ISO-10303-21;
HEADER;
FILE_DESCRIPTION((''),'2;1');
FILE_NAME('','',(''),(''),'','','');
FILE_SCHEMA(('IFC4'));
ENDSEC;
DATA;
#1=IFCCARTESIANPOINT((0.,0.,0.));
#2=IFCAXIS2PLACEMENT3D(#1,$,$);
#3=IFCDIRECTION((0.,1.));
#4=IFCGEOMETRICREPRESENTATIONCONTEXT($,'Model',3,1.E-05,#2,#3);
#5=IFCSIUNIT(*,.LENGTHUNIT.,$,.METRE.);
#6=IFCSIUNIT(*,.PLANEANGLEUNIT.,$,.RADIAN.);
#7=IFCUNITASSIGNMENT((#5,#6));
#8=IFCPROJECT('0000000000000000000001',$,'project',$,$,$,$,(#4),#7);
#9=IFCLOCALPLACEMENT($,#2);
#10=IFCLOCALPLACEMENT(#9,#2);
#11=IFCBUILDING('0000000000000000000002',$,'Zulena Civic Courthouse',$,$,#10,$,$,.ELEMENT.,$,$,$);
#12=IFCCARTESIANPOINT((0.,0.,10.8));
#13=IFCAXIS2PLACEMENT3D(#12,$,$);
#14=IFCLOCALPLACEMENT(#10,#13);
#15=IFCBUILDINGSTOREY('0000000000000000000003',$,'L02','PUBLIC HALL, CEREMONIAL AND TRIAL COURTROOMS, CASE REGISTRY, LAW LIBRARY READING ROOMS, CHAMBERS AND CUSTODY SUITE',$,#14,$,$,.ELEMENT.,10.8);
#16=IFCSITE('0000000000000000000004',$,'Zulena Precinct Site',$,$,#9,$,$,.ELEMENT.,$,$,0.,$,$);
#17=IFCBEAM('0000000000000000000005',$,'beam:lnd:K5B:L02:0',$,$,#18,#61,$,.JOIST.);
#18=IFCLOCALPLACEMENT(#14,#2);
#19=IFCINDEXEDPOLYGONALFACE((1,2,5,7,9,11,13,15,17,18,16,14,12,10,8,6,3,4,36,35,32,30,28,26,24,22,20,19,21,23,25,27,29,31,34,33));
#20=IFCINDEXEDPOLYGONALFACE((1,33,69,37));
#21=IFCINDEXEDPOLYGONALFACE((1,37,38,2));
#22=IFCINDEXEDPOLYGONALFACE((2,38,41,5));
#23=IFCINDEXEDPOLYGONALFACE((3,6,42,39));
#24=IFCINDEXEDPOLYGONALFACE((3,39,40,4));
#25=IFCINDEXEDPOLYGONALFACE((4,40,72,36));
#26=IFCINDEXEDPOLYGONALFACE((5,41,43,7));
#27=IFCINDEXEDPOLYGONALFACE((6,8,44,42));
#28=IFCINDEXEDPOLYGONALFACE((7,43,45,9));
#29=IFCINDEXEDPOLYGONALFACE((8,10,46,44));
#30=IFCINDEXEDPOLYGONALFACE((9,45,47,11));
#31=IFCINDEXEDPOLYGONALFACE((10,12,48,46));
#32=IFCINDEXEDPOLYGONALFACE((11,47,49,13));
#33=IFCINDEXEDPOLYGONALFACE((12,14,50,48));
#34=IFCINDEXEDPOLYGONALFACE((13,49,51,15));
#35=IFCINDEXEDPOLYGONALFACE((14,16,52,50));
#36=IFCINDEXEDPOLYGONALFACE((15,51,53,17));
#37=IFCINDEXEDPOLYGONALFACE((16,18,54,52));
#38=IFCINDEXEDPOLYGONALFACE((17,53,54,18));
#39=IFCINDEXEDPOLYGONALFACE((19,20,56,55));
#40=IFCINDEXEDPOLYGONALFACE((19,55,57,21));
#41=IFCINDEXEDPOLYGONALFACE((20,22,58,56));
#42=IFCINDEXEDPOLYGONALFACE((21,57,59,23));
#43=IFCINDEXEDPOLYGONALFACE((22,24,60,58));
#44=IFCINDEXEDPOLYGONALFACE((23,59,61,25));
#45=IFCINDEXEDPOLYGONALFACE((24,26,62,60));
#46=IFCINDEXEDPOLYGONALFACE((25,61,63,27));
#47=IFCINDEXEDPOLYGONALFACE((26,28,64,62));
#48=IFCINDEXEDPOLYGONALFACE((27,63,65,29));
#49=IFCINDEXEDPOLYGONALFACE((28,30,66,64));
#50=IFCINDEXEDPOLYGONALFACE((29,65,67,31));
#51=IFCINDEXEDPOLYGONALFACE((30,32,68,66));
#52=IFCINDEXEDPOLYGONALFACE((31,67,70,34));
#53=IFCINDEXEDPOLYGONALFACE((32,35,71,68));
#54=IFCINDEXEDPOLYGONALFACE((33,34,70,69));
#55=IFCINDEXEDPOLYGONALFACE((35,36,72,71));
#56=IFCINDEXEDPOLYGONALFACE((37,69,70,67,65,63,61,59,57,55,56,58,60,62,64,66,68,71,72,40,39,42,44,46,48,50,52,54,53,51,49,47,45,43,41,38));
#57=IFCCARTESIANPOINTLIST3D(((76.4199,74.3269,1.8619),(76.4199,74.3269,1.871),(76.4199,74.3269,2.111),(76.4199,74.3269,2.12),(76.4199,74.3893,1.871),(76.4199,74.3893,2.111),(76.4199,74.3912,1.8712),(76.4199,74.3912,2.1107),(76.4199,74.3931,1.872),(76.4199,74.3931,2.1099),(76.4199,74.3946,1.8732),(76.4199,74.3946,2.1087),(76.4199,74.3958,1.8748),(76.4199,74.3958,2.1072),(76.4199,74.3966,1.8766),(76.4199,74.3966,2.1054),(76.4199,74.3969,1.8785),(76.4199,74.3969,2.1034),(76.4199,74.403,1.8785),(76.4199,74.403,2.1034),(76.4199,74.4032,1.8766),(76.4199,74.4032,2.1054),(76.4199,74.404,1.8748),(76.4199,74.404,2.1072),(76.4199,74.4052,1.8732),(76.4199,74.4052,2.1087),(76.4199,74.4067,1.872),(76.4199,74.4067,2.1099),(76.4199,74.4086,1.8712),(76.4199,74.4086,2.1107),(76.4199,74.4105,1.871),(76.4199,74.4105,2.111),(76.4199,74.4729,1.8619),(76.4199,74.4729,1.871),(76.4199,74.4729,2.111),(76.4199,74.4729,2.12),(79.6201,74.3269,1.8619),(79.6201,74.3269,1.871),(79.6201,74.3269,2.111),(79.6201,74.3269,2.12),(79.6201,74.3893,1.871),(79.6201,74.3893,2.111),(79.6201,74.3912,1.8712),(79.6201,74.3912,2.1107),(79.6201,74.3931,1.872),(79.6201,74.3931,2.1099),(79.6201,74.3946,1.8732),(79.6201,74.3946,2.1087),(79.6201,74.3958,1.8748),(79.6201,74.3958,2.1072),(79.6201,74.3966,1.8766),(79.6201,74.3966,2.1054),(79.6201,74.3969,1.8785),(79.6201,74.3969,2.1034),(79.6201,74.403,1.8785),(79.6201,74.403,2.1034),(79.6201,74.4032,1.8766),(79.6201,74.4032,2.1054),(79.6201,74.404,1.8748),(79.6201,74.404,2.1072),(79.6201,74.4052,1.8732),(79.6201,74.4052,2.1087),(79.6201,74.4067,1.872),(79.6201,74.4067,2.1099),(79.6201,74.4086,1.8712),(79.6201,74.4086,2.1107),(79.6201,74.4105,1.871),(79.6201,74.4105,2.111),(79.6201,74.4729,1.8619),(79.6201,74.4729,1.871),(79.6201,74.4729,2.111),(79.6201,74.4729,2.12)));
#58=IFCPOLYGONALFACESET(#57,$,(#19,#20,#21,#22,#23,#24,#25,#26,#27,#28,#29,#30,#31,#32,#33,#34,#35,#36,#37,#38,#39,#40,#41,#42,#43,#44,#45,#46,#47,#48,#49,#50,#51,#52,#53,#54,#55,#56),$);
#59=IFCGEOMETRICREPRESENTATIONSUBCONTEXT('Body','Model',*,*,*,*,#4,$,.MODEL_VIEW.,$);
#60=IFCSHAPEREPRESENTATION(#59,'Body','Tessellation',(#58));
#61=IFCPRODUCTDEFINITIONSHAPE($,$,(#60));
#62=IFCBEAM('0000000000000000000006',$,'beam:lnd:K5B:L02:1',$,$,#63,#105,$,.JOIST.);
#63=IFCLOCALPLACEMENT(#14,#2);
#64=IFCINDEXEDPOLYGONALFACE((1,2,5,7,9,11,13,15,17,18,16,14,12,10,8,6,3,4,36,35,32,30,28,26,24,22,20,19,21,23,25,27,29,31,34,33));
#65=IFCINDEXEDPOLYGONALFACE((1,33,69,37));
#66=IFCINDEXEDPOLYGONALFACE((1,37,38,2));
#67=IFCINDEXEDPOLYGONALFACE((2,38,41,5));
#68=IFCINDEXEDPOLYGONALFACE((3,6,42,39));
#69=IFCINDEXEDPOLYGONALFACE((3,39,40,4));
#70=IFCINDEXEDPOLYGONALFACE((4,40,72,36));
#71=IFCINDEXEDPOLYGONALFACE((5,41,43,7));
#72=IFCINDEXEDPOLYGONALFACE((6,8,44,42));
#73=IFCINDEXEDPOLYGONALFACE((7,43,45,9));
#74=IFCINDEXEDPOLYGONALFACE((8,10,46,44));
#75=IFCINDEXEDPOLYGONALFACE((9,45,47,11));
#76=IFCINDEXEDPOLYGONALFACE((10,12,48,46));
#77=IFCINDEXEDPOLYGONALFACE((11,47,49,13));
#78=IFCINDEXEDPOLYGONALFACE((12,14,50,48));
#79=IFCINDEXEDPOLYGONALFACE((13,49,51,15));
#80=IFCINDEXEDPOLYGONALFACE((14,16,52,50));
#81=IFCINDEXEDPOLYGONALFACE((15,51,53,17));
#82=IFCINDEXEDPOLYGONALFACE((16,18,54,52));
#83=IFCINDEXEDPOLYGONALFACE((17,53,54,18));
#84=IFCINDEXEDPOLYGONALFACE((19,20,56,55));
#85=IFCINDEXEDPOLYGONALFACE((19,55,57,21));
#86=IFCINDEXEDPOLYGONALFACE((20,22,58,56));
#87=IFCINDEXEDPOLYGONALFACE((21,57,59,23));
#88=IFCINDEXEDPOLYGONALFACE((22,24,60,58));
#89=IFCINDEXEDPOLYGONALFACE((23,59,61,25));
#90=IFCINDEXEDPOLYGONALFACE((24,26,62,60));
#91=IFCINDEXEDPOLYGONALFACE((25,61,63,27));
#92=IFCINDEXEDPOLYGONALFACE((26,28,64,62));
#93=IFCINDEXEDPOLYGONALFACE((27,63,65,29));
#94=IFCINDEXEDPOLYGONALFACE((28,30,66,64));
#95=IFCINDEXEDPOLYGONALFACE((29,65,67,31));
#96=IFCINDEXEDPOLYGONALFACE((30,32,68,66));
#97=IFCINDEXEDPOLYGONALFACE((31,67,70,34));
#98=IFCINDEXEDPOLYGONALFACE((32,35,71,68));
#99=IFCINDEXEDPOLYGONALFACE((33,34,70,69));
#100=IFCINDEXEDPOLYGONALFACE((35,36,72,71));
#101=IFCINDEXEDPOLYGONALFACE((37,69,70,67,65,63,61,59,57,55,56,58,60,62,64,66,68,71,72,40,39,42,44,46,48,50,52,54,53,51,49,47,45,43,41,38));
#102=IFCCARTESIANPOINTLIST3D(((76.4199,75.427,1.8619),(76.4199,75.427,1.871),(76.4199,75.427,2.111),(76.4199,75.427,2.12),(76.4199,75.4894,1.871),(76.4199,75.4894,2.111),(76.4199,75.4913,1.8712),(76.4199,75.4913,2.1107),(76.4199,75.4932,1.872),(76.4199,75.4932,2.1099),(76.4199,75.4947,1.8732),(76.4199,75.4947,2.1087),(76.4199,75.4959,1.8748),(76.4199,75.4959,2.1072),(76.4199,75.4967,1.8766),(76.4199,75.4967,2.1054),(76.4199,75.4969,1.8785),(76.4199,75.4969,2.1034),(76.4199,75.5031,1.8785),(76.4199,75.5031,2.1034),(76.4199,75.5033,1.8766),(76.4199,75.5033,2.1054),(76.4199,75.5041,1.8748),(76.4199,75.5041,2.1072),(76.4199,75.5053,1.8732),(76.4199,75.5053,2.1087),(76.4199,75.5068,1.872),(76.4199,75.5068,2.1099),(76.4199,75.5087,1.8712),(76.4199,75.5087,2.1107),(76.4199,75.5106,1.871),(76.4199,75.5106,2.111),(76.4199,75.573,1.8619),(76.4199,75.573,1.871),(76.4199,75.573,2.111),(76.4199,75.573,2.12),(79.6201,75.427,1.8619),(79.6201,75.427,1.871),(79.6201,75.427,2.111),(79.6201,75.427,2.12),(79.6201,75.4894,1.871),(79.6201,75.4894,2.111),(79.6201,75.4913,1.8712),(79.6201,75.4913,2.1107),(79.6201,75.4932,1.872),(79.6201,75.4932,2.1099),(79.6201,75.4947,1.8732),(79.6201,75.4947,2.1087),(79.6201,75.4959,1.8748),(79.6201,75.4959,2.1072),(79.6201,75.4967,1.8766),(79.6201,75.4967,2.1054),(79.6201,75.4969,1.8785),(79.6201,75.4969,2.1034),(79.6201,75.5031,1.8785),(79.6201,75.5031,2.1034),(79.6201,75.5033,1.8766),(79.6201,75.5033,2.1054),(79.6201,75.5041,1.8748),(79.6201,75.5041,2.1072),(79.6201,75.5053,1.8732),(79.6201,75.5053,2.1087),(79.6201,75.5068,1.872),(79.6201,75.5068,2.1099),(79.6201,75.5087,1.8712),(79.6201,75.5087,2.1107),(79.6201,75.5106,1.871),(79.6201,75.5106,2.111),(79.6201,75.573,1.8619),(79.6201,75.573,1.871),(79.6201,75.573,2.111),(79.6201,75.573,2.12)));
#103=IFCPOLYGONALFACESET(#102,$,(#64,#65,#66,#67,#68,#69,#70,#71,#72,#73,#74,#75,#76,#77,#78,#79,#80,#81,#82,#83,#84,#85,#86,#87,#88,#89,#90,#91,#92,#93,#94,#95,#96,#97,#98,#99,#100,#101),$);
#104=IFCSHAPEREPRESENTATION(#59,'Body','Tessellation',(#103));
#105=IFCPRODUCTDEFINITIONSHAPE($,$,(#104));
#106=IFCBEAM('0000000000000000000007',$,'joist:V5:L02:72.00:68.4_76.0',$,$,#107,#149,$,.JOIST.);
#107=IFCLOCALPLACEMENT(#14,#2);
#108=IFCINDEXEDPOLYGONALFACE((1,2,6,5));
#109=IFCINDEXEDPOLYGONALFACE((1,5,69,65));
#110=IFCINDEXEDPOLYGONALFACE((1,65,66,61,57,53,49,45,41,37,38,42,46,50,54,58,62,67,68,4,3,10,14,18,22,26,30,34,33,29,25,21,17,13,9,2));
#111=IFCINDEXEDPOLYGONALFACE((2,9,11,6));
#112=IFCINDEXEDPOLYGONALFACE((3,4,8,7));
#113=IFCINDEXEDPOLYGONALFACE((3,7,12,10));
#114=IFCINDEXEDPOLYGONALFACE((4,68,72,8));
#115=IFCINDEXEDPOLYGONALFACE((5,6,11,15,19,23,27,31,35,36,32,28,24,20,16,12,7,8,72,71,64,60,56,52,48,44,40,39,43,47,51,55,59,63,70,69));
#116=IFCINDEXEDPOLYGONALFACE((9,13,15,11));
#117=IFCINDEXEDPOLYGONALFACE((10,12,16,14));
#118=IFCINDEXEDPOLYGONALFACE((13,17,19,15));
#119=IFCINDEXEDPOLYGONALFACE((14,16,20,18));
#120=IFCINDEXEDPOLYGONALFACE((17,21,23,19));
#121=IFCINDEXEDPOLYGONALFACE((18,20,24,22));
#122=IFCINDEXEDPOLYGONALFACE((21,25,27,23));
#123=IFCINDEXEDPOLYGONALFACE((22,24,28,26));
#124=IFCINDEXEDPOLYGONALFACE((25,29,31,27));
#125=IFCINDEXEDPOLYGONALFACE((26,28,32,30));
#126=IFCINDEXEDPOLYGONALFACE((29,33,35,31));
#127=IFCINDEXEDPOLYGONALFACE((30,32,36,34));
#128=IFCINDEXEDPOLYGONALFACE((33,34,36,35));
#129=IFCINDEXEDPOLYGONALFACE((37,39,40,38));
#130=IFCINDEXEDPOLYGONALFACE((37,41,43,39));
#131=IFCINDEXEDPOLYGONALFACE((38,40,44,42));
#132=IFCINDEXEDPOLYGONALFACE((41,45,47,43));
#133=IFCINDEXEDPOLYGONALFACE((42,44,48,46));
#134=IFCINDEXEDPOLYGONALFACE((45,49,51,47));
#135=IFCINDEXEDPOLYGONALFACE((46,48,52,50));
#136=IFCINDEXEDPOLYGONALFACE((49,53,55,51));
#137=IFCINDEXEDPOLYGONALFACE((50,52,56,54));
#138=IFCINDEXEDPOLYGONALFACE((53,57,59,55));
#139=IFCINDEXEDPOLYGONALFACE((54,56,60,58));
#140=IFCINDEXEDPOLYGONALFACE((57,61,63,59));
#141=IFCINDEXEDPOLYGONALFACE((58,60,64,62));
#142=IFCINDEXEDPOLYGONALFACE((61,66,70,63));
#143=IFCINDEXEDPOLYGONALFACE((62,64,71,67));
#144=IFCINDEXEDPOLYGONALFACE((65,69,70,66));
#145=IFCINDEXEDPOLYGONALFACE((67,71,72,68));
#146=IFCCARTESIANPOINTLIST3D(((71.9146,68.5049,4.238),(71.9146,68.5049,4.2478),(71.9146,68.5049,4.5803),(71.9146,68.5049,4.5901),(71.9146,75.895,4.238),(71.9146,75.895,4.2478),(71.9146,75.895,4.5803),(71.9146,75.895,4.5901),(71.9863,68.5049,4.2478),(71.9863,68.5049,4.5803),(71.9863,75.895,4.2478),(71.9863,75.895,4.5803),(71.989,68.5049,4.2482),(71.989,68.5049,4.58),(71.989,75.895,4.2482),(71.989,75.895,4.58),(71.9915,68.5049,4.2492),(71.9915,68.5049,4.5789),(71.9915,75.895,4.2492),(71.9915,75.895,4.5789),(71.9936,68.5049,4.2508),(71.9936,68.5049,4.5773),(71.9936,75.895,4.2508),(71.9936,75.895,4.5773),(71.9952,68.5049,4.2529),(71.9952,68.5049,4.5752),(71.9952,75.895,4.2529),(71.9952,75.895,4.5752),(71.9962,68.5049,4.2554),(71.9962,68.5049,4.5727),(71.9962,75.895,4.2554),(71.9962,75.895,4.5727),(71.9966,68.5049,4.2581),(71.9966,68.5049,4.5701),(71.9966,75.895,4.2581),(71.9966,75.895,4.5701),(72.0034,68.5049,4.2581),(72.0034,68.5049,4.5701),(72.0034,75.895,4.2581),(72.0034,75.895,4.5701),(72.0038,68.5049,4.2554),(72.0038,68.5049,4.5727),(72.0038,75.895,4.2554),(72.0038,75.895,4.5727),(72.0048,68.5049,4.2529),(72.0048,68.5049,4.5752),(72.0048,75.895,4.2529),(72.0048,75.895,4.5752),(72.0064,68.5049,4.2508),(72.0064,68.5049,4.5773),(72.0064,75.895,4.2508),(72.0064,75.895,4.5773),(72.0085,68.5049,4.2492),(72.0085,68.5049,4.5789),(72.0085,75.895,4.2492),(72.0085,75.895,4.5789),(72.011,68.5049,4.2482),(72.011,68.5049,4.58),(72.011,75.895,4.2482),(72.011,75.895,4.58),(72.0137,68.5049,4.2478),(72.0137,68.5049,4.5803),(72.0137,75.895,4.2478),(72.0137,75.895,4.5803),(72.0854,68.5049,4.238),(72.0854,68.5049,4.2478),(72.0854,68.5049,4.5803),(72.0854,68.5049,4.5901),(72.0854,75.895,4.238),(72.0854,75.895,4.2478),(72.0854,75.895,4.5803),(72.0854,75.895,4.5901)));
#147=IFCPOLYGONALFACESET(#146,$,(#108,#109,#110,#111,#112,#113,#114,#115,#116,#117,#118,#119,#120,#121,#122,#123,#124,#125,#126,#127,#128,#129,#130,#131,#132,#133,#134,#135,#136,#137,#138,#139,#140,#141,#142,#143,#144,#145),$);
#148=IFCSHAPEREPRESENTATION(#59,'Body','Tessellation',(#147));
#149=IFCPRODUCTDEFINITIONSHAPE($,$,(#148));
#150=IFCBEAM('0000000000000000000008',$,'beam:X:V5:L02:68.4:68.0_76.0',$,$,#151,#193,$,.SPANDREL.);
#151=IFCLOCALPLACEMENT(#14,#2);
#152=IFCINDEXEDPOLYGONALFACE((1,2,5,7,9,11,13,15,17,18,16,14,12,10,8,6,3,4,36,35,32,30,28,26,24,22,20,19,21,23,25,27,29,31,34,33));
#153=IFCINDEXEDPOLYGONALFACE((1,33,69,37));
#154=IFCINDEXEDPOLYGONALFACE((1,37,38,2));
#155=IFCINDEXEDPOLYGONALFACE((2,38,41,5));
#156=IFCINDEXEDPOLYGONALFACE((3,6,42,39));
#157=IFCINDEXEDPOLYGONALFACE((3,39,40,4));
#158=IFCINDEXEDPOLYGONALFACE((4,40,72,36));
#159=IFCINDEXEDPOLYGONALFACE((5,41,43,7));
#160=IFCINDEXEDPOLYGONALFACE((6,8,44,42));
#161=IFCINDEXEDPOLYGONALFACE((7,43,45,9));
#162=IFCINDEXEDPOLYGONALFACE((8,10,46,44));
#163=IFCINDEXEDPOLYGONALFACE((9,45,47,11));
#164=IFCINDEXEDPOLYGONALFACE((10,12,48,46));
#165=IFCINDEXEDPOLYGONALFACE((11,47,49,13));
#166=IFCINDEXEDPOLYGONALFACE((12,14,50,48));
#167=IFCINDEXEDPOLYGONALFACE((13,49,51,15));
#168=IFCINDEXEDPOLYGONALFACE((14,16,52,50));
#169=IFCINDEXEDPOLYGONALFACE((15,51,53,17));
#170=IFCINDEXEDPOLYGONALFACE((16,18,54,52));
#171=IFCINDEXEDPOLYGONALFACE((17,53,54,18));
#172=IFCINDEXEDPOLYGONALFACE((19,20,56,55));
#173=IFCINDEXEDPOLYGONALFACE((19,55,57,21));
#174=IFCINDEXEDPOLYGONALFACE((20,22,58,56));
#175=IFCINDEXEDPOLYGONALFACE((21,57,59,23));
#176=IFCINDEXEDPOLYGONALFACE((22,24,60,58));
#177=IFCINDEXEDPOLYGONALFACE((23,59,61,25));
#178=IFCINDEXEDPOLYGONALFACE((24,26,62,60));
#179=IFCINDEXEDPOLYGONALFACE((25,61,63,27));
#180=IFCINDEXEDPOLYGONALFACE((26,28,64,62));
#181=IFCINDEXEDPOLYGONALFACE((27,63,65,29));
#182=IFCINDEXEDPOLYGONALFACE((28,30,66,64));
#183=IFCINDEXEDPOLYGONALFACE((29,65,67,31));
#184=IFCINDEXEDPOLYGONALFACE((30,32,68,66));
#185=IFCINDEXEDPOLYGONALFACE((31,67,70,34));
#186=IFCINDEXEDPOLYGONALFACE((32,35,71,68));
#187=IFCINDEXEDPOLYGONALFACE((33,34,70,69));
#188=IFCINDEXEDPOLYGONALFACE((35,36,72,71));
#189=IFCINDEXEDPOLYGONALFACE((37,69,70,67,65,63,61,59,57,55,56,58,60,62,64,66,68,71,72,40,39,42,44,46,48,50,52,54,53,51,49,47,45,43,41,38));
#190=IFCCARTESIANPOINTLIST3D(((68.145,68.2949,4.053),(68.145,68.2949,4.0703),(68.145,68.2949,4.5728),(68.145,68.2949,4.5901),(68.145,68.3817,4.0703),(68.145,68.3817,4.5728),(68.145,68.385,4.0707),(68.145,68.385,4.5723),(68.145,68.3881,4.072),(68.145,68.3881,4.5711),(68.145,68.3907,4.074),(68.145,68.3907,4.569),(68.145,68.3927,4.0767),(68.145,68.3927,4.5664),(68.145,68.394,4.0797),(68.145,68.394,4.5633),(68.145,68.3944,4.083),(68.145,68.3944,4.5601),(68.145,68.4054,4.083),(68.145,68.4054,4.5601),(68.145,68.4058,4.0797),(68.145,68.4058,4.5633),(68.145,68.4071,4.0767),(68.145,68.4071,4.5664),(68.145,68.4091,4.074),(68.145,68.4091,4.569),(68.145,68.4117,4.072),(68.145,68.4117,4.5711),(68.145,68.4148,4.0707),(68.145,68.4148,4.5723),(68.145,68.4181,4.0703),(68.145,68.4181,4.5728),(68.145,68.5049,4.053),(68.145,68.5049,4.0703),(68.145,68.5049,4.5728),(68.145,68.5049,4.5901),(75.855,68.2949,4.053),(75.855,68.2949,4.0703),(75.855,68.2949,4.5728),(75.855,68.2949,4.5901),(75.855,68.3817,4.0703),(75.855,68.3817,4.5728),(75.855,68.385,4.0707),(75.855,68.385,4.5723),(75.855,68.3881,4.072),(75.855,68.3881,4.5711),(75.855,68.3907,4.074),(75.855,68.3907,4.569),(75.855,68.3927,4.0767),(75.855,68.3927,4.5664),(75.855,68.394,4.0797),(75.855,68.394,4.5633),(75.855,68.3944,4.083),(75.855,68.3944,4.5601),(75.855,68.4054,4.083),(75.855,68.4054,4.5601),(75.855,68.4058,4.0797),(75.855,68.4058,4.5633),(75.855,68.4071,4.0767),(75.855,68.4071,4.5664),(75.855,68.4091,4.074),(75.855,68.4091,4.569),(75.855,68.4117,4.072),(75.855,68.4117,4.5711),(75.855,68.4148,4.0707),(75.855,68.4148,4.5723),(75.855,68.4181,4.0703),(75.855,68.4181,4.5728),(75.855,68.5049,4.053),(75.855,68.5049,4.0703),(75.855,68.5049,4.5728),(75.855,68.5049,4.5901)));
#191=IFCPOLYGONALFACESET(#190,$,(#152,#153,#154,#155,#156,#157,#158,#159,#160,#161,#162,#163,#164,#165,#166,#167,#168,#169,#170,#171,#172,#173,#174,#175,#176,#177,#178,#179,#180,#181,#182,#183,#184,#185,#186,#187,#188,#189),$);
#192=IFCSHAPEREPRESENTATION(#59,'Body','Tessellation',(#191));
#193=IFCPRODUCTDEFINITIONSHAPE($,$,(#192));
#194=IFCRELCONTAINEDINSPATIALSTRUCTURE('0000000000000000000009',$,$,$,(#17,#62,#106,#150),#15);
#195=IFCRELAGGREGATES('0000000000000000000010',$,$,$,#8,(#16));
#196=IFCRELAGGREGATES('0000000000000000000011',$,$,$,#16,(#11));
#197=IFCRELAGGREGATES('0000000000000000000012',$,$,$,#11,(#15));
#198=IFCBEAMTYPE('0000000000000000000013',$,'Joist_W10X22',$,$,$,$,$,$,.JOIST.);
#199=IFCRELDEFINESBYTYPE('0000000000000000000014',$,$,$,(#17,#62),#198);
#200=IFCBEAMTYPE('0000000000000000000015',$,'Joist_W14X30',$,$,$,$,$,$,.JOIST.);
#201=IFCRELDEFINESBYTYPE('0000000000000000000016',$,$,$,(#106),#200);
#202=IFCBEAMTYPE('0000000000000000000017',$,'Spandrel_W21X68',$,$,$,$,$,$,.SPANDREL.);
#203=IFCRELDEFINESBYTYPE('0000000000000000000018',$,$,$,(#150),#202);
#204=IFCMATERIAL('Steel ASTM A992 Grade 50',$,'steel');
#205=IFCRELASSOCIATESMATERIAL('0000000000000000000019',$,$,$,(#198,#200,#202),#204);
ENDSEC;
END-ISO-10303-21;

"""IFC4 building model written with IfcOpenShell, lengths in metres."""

from ifc_helpers import new_model, si_unit, direction, frame, origin, origin_2d, place, context, subcontext, project, spatial, i_section, extrude, material, material_profile, profile_set, type_object, element, save


model = new_model("IFC4")

# Units and contexts
model_context = context("Model", 3, precision=1e-05, world=origin(), true_north=direction((0.0, 1.0)))
body_context = subcontext(model_context, "Body", "Model", "MODEL_VIEW")
ifc_project = project(units=[si_unit("LENGTHUNIT", "METRE"), si_unit("PLANEANGLEUNIT", "RADIAN")], contexts=[model_context])

# Site, building, storey
site_placement = place(None, origin())
site = spatial("IfcSite", under=ifc_project, at=site_placement, Name="Zulena Precinct Site", CompositionType="ELEMENT", RefElevation=0.0)
building_placement = place(site_placement, origin())
building = spatial("IfcBuilding", under=site, at=building_placement, Name="Zulena Civic Courthouse", CompositionType="ELEMENT")
storey_placement = place(building_placement, frame((0.0, 0.0, 10.8)))
storey = spatial("IfcBuildingStorey", under=building, at=storey_placement, Name="L02", Description="PUBLIC HALL, CEREMONIAL AND TRIAL COURTROOMS, CASE REGISTRY, LAW LIBRARY READING ROOMS, CHAMBERS AND CUSTODY SUITE", CompositionType="ELEMENT", Elevation=10.8)

# Shared definitions
ifc_material_1 = material(Name="Steel ASTM A992 Grade 50", Category="steel")

# Beams
ifc_material_profile_1 = material_profile(ifc_material_1, i_section(OverallWidth=0.146, OverallDepth=0.2581, WebThickness=0.0061, FlangeThickness=0.009, FilletRadius=0.0076, at=origin_2d()), Name="W10X22")
ifc_profile_set_1 = profile_set([ifc_material_profile_1], Name="Steel ASTM A992 Grade 50")
beam_type_1 = type_object("IfcBeamType", Name="Joist_W10X22", PredefinedType="JOIST", material=ifc_profile_set_1)
for number, where, z_axis, x_axis, name in (
    (1, (76.4199, 74.3999, 1.991), (1.0, 0.0, 0.0), (0.0, 1.0, 0.0), "beam:lnd:K5B:L02:0"),
    (2, (76.4199, 75.5, 1.991), (1.0, 0.0, 0.0), (0.0, 1.0, 0.0), "beam:lnd:K5B:L02:1"),
):
    element("IfcBeam", number, at=place(storey_placement, frame(where, z_axis=z_axis, x_axis=x_axis)), inside=storey, type_object=beam_type_1, Name=name, PredefinedType="JOIST", context=body_context, shape_type="SweptSolid", body=[
        extrude(i_section(OverallWidth=0.146, OverallDepth=0.2581, WebThickness=0.0061, FlangeThickness=0.009, FilletRadius=0.0076, at=origin_2d()), origin(), (0.0, 0.0, 1.0), 3.2002),
    ])
ifc_material_profile_2 = material_profile(ifc_material_1, i_section(OverallWidth=0.1709, OverallDepth=0.3521, WebThickness=0.0068, FlangeThickness=0.0098, FilletRadius=0.0103, at=origin_2d()), Name="W14X30")
ifc_profile_set_2 = profile_set([ifc_material_profile_2], Name="Steel ASTM A992 Grade 50")
beam_type_2 = type_object("IfcBeamType", Name="Joist_W14X30", PredefinedType="JOIST", material=ifc_profile_set_2)
beam_1_placement = place(storey_placement, frame((72.0, 68.5049, 4.4141), z_axis=(0.0, 1.0, 0.0), x_axis=(-1.0, 0.0, 0.0)))
element("IfcBeam", 3, at=beam_1_placement, inside=storey, type_object=beam_type_2, Name="joist:V5:L02:72.00:68.4_76.0", PredefinedType="JOIST", context=body_context, shape_type="SweptSolid", body=[
    extrude(i_section(OverallWidth=0.1709, OverallDepth=0.3521, WebThickness=0.0068, FlangeThickness=0.0098, FilletRadius=0.0103, at=origin_2d()), origin(), (0.0, 0.0, 1.0), 7.3901),
])
ifc_material_profile_3 = material_profile(ifc_material_1, i_section(OverallWidth=0.21, OverallDepth=0.5371, WebThickness=0.011, FlangeThickness=0.0173, FilletRadius=0.0127, at=origin_2d()), Name="W21X68")
ifc_profile_set_3 = profile_set([ifc_material_profile_3], Name="Steel ASTM A992 Grade 50")
beam_type_3 = type_object("IfcBeamType", Name="Spandrel_W21X68", PredefinedType="SPANDREL", material=ifc_profile_set_3)
beam_2_placement = place(storey_placement, frame((68.145, 68.3999, 4.3215), z_axis=(1.0, 0.0, 0.0), x_axis=(0.0, 1.0, 0.0)))
element("IfcBeam", 4, at=beam_2_placement, inside=storey, type_object=beam_type_3, Name="beam:X:V5:L02:68.4:68.0_76.0", PredefinedType="SPANDREL", context=body_context, shape_type="SweptSolid", body=[
    extrude(i_section(OverallWidth=0.21, OverallDepth=0.5371, WebThickness=0.011, FlangeThickness=0.0173, FilletRadius=0.0127, at=origin_2d()), origin(), (0.0, 0.0, 1.0), 7.71),
])

save(model, "model.ifc")
